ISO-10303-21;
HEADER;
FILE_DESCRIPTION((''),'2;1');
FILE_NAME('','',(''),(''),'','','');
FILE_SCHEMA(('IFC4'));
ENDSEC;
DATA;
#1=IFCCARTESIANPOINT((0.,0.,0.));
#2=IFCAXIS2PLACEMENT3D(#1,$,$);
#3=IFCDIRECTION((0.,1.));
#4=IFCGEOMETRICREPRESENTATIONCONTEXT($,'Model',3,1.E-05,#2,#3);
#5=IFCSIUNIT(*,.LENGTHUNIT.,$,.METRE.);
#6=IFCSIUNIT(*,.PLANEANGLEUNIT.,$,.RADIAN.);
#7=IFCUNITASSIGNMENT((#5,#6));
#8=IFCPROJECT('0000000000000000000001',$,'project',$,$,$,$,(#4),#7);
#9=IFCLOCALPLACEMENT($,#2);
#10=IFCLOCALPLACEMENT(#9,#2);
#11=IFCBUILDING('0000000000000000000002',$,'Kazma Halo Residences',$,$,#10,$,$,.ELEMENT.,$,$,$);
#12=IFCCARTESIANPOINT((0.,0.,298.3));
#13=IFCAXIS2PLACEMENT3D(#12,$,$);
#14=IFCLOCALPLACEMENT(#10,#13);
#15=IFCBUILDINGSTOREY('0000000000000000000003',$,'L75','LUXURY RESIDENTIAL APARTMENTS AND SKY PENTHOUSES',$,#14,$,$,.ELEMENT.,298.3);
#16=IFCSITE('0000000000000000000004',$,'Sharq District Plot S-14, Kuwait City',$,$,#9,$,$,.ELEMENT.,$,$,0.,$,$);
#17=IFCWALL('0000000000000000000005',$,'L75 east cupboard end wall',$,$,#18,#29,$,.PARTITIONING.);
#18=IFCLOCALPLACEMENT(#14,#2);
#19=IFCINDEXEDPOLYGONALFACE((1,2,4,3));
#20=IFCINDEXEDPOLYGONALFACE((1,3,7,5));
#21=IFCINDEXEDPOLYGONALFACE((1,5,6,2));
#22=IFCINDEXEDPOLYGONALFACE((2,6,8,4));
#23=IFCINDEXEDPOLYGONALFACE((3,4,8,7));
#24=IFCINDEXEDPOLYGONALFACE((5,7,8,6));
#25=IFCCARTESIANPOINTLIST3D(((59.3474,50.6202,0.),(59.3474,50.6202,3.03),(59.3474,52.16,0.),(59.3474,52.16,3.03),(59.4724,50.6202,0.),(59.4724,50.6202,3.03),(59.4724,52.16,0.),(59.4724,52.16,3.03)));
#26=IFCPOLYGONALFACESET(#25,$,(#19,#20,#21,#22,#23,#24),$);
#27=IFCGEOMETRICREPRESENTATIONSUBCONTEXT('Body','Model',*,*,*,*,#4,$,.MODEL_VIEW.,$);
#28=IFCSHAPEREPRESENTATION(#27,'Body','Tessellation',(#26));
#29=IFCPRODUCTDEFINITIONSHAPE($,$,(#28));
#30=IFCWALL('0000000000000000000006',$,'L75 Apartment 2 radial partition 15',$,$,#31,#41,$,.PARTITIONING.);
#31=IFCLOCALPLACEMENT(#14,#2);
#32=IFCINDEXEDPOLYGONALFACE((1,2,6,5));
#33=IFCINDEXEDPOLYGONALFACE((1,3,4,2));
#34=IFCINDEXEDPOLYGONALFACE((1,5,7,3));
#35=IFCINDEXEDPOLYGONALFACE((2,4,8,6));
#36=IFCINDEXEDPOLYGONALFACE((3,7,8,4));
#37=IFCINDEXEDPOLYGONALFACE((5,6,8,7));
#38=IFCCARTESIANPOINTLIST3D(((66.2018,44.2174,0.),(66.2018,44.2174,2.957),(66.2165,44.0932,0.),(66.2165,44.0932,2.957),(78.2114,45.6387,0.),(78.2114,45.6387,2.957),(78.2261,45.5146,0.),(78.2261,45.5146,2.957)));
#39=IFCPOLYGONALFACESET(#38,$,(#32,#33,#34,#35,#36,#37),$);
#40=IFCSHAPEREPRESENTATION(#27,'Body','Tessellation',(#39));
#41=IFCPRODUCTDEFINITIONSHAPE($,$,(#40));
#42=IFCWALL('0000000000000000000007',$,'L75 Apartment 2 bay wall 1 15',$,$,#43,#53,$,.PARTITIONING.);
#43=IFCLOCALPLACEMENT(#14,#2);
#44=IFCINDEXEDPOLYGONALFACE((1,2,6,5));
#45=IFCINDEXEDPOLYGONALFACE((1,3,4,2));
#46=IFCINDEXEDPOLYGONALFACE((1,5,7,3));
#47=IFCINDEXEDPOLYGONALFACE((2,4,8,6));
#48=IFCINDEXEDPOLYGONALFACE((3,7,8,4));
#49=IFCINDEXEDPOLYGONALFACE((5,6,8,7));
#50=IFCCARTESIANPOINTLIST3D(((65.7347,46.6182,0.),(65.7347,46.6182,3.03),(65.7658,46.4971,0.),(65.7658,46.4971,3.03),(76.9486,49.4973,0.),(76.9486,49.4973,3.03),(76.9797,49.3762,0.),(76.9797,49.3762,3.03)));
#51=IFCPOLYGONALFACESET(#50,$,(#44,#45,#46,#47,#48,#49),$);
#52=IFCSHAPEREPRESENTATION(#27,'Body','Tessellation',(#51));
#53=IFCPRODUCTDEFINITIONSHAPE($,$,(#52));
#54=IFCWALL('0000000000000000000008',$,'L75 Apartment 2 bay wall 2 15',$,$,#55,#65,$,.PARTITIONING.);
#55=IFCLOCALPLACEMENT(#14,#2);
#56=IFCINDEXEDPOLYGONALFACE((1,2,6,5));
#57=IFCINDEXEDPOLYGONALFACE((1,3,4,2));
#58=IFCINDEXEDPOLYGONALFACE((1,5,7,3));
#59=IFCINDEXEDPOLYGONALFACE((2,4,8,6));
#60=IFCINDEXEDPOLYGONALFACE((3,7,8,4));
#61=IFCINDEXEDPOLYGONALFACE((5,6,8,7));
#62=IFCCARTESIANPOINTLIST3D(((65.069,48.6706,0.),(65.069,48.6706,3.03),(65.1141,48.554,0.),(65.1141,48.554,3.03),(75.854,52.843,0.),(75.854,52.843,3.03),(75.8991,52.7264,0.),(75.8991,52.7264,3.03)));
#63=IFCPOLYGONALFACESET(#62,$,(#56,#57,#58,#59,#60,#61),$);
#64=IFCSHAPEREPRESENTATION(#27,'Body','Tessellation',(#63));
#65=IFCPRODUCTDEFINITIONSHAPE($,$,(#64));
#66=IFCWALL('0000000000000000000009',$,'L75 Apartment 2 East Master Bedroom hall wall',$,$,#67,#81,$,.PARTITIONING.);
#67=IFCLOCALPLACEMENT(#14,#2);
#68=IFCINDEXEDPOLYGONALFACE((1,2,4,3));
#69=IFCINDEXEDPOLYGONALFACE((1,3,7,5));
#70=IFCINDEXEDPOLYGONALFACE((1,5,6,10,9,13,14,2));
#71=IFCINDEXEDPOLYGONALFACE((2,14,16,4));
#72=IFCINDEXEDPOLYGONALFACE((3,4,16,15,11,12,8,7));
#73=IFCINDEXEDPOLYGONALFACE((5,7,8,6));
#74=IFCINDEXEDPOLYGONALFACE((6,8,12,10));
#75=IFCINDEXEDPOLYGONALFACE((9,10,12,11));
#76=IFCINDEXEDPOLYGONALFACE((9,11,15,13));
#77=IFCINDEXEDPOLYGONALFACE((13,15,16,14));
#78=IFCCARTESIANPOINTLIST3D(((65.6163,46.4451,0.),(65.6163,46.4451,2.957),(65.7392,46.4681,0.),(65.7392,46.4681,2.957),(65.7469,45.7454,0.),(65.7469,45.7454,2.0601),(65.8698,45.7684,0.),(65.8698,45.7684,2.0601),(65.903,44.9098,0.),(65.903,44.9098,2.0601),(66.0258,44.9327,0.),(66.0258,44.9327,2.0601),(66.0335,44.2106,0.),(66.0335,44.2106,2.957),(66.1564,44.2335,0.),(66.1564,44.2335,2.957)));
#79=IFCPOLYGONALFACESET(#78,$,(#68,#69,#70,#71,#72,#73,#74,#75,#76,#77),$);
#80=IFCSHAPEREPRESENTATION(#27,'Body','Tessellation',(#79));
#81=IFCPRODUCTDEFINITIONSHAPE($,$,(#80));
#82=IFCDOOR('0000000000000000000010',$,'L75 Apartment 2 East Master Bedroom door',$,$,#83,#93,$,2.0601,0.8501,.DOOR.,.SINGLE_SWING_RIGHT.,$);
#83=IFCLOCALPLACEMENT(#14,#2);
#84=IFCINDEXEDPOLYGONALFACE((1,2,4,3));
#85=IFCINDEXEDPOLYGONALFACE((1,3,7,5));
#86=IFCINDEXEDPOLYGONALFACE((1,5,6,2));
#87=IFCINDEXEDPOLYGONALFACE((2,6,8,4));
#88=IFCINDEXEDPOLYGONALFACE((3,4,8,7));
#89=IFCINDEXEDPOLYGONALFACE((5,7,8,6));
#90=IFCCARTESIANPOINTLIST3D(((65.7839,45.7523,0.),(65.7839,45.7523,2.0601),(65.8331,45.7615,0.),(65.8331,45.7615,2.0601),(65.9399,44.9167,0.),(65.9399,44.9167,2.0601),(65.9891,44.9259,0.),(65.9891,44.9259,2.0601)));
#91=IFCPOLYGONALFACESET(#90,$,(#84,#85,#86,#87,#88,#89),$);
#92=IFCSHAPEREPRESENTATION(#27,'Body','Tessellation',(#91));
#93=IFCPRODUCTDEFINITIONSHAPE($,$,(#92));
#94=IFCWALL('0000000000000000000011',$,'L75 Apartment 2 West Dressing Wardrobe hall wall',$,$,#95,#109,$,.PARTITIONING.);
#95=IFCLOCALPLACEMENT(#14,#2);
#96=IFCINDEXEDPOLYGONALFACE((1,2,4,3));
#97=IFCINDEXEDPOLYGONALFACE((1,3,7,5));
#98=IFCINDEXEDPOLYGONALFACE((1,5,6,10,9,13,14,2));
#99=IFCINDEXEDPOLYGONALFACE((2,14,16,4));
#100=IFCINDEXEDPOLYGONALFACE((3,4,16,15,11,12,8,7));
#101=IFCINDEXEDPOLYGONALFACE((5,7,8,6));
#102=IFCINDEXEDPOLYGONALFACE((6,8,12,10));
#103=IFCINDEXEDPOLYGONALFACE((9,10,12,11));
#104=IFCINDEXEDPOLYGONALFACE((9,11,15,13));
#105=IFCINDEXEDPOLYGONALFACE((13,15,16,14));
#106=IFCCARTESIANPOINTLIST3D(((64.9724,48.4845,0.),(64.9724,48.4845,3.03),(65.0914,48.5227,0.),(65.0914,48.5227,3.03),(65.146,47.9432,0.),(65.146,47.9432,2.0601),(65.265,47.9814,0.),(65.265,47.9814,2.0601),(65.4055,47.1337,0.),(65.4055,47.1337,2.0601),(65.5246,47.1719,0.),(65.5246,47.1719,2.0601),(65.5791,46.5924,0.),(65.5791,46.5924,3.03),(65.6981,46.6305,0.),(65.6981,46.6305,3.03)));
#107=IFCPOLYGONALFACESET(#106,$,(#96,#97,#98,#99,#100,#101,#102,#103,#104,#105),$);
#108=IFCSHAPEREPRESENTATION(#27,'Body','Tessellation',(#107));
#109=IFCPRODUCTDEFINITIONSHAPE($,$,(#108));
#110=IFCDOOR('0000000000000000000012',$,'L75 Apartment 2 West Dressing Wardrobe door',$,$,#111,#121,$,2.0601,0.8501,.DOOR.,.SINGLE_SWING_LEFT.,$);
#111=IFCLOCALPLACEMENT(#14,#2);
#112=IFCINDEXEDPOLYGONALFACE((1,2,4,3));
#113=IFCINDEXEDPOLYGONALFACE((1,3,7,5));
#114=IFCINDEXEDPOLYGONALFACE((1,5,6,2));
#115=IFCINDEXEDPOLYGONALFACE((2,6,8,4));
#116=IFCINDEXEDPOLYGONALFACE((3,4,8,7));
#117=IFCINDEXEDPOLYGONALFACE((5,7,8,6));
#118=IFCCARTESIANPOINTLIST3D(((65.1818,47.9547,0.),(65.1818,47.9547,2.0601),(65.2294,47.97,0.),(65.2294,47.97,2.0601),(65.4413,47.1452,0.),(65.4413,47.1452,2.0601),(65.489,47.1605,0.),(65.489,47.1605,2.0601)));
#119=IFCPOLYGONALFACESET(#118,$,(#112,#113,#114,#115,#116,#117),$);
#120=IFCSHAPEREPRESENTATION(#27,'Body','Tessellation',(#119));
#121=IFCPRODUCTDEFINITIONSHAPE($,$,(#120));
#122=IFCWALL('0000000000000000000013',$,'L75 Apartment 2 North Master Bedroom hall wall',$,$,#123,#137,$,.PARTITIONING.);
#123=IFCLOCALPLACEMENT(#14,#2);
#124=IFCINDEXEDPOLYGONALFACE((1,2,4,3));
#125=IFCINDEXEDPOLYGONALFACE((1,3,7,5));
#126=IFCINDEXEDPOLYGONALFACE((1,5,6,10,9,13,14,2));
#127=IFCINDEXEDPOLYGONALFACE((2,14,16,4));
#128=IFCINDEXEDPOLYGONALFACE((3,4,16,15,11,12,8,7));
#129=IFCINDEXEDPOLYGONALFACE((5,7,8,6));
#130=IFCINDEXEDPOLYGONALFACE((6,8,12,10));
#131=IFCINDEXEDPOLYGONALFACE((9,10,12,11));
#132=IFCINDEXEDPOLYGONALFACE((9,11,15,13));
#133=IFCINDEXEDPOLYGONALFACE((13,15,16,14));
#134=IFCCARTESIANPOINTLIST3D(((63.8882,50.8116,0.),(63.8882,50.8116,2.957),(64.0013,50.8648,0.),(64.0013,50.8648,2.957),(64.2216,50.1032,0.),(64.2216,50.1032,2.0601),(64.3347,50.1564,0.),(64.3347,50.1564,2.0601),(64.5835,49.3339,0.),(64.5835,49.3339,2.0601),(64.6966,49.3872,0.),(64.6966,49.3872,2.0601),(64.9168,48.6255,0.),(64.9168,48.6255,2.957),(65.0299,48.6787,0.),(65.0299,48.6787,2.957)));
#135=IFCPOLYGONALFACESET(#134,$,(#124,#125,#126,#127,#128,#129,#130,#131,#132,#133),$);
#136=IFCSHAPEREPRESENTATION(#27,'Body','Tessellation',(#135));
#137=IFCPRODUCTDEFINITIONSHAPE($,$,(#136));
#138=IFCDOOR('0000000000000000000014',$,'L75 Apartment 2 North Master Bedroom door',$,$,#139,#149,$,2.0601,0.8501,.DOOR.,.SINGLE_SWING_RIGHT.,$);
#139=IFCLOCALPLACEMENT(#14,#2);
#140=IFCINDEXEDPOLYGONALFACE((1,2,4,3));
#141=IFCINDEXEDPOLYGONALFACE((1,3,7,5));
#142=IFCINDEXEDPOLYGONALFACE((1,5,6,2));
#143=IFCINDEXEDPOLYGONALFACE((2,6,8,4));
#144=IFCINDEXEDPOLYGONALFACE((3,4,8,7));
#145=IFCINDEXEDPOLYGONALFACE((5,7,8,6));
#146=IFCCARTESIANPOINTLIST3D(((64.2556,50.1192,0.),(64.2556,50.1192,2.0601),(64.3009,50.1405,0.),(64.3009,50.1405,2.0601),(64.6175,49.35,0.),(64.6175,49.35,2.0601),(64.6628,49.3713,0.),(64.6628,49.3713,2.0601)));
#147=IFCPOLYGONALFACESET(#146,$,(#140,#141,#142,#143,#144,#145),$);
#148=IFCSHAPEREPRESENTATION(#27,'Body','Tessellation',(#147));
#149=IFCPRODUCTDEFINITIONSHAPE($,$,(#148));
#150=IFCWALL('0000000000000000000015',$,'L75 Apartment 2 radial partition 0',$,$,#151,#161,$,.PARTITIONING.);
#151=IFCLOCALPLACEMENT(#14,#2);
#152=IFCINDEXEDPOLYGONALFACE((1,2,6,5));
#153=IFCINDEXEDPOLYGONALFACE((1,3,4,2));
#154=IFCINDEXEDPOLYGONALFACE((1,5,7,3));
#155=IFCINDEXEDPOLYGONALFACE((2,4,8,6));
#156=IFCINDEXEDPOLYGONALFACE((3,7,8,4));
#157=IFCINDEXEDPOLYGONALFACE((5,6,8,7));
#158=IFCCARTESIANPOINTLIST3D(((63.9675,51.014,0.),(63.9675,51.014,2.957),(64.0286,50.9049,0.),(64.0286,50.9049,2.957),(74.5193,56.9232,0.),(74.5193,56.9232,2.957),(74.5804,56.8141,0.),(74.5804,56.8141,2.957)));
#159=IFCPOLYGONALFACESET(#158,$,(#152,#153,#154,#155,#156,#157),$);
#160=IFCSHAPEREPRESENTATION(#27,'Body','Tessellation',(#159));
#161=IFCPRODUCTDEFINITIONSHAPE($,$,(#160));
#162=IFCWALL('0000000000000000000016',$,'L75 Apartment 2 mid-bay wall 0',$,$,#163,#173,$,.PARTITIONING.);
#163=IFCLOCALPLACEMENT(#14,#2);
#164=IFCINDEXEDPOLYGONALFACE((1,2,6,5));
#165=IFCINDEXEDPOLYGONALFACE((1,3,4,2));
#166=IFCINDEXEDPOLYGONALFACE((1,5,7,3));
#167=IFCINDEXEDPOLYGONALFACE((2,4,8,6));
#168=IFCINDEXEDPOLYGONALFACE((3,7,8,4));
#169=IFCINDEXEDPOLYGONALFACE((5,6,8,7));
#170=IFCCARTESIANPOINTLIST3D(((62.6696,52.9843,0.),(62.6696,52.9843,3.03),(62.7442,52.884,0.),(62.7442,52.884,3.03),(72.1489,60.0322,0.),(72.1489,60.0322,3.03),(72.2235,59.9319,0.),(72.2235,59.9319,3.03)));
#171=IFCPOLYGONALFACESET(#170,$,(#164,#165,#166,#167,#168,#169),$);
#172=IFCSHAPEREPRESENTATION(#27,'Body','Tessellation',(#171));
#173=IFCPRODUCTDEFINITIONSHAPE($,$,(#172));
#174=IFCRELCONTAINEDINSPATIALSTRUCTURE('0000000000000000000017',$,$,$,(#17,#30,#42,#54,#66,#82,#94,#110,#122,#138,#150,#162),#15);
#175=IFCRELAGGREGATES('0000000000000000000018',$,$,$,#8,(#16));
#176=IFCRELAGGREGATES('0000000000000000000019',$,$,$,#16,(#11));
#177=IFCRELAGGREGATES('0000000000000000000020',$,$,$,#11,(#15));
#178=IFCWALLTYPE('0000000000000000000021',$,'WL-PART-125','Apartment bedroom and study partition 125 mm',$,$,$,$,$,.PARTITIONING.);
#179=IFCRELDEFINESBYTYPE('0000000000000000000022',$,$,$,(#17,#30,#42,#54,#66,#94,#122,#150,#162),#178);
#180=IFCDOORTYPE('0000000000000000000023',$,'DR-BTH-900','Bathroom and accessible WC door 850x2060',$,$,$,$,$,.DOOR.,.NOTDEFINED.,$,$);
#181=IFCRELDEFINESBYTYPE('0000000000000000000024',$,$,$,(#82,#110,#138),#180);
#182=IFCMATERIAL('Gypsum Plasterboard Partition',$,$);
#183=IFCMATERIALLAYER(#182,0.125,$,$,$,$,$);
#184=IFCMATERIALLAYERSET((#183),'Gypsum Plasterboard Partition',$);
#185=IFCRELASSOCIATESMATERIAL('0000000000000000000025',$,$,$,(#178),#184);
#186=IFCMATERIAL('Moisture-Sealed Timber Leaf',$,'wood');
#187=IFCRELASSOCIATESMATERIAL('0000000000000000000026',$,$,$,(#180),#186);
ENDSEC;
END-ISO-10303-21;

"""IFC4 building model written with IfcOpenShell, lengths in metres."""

from ifc_helpers import new_model, si_unit, direction, frame, frame_2d, origin, place, context, subcontext, project, spatial, rectangle, extrude, material, layer, layer_set, type_object, element, fill, save


model = new_model("IFC4")

# Units and contexts
model_context = context("Model", 3, precision=1e-05, world=origin(), true_north=direction((0.0, 1.0)))
body_context = subcontext(model_context, "Body", "Model", "MODEL_VIEW")
ifc_project = project(units=[si_unit("LENGTHUNIT", "METRE"), si_unit("PLANEANGLEUNIT", "RADIAN")], contexts=[model_context])

# Site, building, storey
site_placement = place(None, origin())
site = spatial("IfcSite", under=ifc_project, at=site_placement, Name="Sharq District Plot S-14, Kuwait City", CompositionType="ELEMENT", RefElevation=0.0)
building_placement = place(site_placement, origin())
building = spatial("IfcBuilding", under=site, at=building_placement, Name="Kazma Halo Residences", CompositionType="ELEMENT")
storey_placement = place(building_placement, frame((0.0, 0.0, 298.3)))
storey = spatial("IfcBuildingStorey", under=building, at=storey_placement, Name="L75", Description="LUXURY RESIDENTIAL APARTMENTS AND SKY PENTHOUSES", CompositionType="ELEMENT", Elevation=298.3)

# Walls
ifc_material_1 = material(Name="Gypsum Plasterboard Partition")
ifc_layer_1 = layer(ifc_material_1, 0.125)
ifc_layer_set_1 = layer_set([ifc_layer_1], Name="Gypsum Plasterboard Partition")
wall_type_1 = type_object("IfcWallType", Name="WL-PART-125", Description="Apartment bedroom and study partition 125 mm", PredefinedType="PARTITIONING", material=ifc_layer_set_1)
wall_1_placement = place(storey_placement, frame((59.4099, 50.6201, 0.0), z_axis=(0.0, 0.0, 1.0), x_axis=(0.0, 1.0, 0.0)))
element("IfcWall", 1, at=wall_1_placement, inside=storey, type_object=wall_type_1, Name="L75 east cupboard end wall", PredefinedType="PARTITIONING", context=body_context, shape_type="SweptSolid", body=[
    extrude(rectangle(XDim=1.5398, YDim=0.125, at=frame_2d((0.77, 0.0))), origin(), (0.0, 0.0, 1.0), 3.03),
])
wall_2_placement = place(storey_placement, frame((66.209, 44.1553, 0.0), z_axis=(0.0, 0.0, 1.0), x_axis=(0.993069, 0.117532, 0.0)))
element("IfcWall", 2, at=wall_2_placement, inside=storey, type_object=wall_type_1, Name="L75 Apartment 2 radial partition 15", PredefinedType="PARTITIONING", context=body_context, shape_type="SweptSolid", body=[
    extrude(rectangle(XDim=12.0935, YDim=0.125, at=frame_2d((6.0469, 0.0))), origin(), (0.0, 0.0, 1.0), 2.957),
])
wall_3_placement = place(storey_placement, frame((65.7502, 46.5576, 0.0), z_axis=(0.0, 0.0, 1.0), x_axis=(0.968585, 0.248683, 0.0)))
element("IfcWall", 3, at=wall_3_placement, inside=storey, type_object=wall_type_1, Name="L75 Apartment 2 bay wall 1 15", PredefinedType="PARTITIONING", context=body_context, shape_type="SweptSolid", body=[
    extrude(rectangle(XDim=11.5776, YDim=0.125, at=frame_2d((5.7888, 0.0))), origin(), (0.0, 0.0, 1.0), 3.03),
])
wall_4_placement = place(storey_placement, frame((65.0916, 48.6123, 0.0), z_axis=(0.0, 0.0, 1.0), x_axis=(0.932639, 0.36081, 0.0)))
element("IfcWall", 4, at=wall_4_placement, inside=storey, type_object=wall_type_1, Name="L75 Apartment 2 bay wall 2 15", PredefinedType="PARTITIONING", context=body_context, shape_type="SweptSolid", body=[
    extrude(rectangle(XDim=11.564, YDim=0.125, at=frame_2d((5.782, 0.0))), origin(), (0.0, 0.0, 1.0), 3.03),
])

# Walls, openings, doors
wall_5_placement = place(storey_placement, frame((66.095, 44.2219, 0.0), z_axis=(0.0, 0.0, 1.0), x_axis=(-0.183543, 0.983012, 0.0)))
wall_5 = element("IfcWall", 5, at=wall_5_placement, inside=storey, type_object=wall_type_1, Name="L75 Apartment 2 East Master Bedroom hall wall", PredefinedType="PARTITIONING", context=body_context, shape_type="SweptSolid", body=[
    extrude(rectangle(XDim=2.2732, YDim=0.125, at=frame_2d((1.1367, 0.0))), origin(), (0.0, 0.0, 1.0), 2.957),
])
opening_1_placement = place(wall_5_placement, frame((0.7114, 0.0, 0.0)))
opening_1 = element("IfcOpeningElement", 6, at=opening_1_placement, cuts=wall_5, PredefinedType="OPENING", context=body_context, shape_type="SweptSolid", body=[
    extrude(rectangle(XDim=0.8501, YDim=2.0601, at=frame_2d((0.425, 1.03))), frame((0.0, 0.0725, 0.0), z_axis=(0.0, -1.0, 0.0), x_axis=(1.0, 0.0, 0.0)), (0.0, 0.0, 1.0), 0.145),
])
ifc_material_2 = material(Name="Moisture-Sealed Timber Leaf", Category="wood")
door_type_1 = type_object("IfcDoorType", Name="DR-BTH-900", Description="Bathroom and accessible WC door 850x2060", OperationType="NOTDEFINED", PredefinedType="DOOR", material=ifc_material_2)
door_1_placement = place(opening_1_placement, origin())
door_1 = element("IfcDoor", 7, at=door_1_placement, inside=storey, type_object=door_type_1, Name="L75 Apartment 2 East Master Bedroom door", OperationType="SINGLE_SWING_RIGHT", OverallHeight=2.0601, OverallWidth=0.8501, PredefinedType="DOOR", context=body_context, shape_type="SweptSolid", body=[
    extrude(rectangle(XDim=0.8501, YDim=2.0601, at=frame_2d((0.425, 1.03))), frame((0.0, 0.0249, 0.0), z_axis=(0.0, -1.0, 0.0), x_axis=(1.0, 0.0, 0.0)), (0.0, 0.0, 1.0), 0.05),
])
fill(opening_1, door_1)
wall_6_placement = place(storey_placement, frame((65.6387, 46.6113, 0.0), z_axis=(0.0, 0.0, 1.0), x_axis=(-0.305333, 0.952246, 0.0)))
wall_6 = element("IfcWall", 8, at=wall_6_placement, inside=storey, type_object=wall_type_1, Name="L75 Apartment 2 West Dressing Wardrobe hall wall", PredefinedType="PARTITIONING", context=body_context, shape_type="SweptSolid", body=[
    extrude(rectangle(XDim=1.9871, YDim=0.125, at=frame_2d((0.9937, 0.0))), origin(), (0.0, 0.0, 1.0), 3.03),
])
opening_2_placement = place(wall_6_placement, frame((0.5686, 0.0, 0.0)))
opening_2 = element("IfcOpeningElement", 9, at=opening_2_placement, cuts=wall_6, PredefinedType="OPENING", context=body_context, shape_type="SweptSolid", body=[
    extrude(rectangle(XDim=0.8501, YDim=2.0601, at=frame_2d((0.425, 1.03))), frame((0.0, 0.0725, 0.0), z_axis=(0.0, -1.0, 0.0), x_axis=(1.0, 0.0, 0.0)), (0.0, 0.0, 1.0), 0.145),
])
door_2_placement = place(opening_2_placement, origin())
door_2 = element("IfcDoor", 10, at=door_2_placement, inside=storey, type_object=door_type_1, Name="L75 Apartment 2 West Dressing Wardrobe door", OperationType="SINGLE_SWING_LEFT", OverallHeight=2.0601, OverallWidth=0.8501, PredefinedType="DOOR", context=body_context, shape_type="SweptSolid", body=[
    extrude(rectangle(XDim=0.8501, YDim=2.0601, at=frame_2d((0.425, 1.03))), frame((0.0, 0.0249, 0.0), z_axis=(0.0, -1.0, 0.0), x_axis=(1.0, 0.0, 0.0)), (0.0, 0.0, 1.0), 0.05),
])
fill(opening_2, door_2)
wall_7_placement = place(storey_placement, frame((64.9734, 48.6521, 0.0), z_axis=(0.0, 0.0, 1.0), x_axis=(-0.425744, 0.904844, 0.0)))
wall_7 = element("IfcWall", 11, at=wall_7_placement, inside=storey, type_object=wall_type_1, Name="L75 Apartment 2 North Master Bedroom hall wall", PredefinedType="PARTITIONING", context=body_context, shape_type="SweptSolid", body=[
    extrude(rectangle(XDim=2.416, YDim=0.125, at=frame_2d((1.208, 0.0))), origin(), (0.0, 0.0, 1.0), 2.957),
])
opening_3_placement = place(wall_7_placement, frame((0.783, 0.0, 0.0)))
opening_3 = element("IfcOpeningElement", 12, at=opening_3_placement, cuts=wall_7, PredefinedType="OPENING", context=body_context, shape_type="SweptSolid", body=[
    extrude(rectangle(XDim=0.8501, YDim=2.0601, at=frame_2d((0.425, 1.03))), frame((0.0, 0.0725, 0.0), z_axis=(0.0, -1.0, 0.0), x_axis=(1.0, 0.0, 0.0)), (0.0, 0.0, 1.0), 0.145),
])
door_3_placement = place(opening_3_placement, origin())
door_3 = element("IfcDoor", 13, at=door_3_placement, inside=storey, type_object=door_type_1, Name="L75 Apartment 2 North Master Bedroom door", OperationType="SINGLE_SWING_RIGHT", OverallHeight=2.0601, OverallWidth=0.8501, PredefinedType="DOOR", context=body_context, shape_type="SweptSolid", body=[
    extrude(rectangle(XDim=0.8501, YDim=2.0601, at=frame_2d((0.425, 1.03))), frame((0.0, 0.0249, 0.0), z_axis=(0.0, -1.0, 0.0), x_axis=(1.0, 0.0, 0.0)), (0.0, 0.0, 1.0), 0.05),
])
fill(opening_3, door_3)

# Walls
wall_8_placement = place(storey_placement, frame((63.998, 50.9595, 0.0), z_axis=(0.0, 0.0, 1.0), x_axis=(0.872499, 0.488616, 0.0)))
element("IfcWall", 14, at=wall_8_placement, inside=storey, type_object=wall_type_1, Name="L75 Apartment 2 radial partition 0", PredefinedType="PARTITIONING", context=body_context, shape_type="SweptSolid", body=[
    extrude(rectangle(XDim=12.0938, YDim=0.125, at=frame_2d((6.0469, 0.0))), origin(), (0.0, 0.0, 1.0), 2.957),
])
wall_9_placement = place(storey_placement, frame((62.7068, 52.9341, 0.0), z_axis=(0.0, 0.0, 1.0), x_axis=(0.802496, 0.596658, 0.0)))
element("IfcWall", 15, at=wall_9_placement, inside=storey, type_object=wall_type_1, Name="L75 Apartment 2 mid-bay wall 0", PredefinedType="PARTITIONING", context=body_context, shape_type="SweptSolid", body=[
    extrude(rectangle(XDim=11.8123, YDim=0.125, at=frame_2d((5.9062, 0.0))), origin(), (0.0, 0.0, 1.0), 3.03),
])

save(model, "model.ifc")
